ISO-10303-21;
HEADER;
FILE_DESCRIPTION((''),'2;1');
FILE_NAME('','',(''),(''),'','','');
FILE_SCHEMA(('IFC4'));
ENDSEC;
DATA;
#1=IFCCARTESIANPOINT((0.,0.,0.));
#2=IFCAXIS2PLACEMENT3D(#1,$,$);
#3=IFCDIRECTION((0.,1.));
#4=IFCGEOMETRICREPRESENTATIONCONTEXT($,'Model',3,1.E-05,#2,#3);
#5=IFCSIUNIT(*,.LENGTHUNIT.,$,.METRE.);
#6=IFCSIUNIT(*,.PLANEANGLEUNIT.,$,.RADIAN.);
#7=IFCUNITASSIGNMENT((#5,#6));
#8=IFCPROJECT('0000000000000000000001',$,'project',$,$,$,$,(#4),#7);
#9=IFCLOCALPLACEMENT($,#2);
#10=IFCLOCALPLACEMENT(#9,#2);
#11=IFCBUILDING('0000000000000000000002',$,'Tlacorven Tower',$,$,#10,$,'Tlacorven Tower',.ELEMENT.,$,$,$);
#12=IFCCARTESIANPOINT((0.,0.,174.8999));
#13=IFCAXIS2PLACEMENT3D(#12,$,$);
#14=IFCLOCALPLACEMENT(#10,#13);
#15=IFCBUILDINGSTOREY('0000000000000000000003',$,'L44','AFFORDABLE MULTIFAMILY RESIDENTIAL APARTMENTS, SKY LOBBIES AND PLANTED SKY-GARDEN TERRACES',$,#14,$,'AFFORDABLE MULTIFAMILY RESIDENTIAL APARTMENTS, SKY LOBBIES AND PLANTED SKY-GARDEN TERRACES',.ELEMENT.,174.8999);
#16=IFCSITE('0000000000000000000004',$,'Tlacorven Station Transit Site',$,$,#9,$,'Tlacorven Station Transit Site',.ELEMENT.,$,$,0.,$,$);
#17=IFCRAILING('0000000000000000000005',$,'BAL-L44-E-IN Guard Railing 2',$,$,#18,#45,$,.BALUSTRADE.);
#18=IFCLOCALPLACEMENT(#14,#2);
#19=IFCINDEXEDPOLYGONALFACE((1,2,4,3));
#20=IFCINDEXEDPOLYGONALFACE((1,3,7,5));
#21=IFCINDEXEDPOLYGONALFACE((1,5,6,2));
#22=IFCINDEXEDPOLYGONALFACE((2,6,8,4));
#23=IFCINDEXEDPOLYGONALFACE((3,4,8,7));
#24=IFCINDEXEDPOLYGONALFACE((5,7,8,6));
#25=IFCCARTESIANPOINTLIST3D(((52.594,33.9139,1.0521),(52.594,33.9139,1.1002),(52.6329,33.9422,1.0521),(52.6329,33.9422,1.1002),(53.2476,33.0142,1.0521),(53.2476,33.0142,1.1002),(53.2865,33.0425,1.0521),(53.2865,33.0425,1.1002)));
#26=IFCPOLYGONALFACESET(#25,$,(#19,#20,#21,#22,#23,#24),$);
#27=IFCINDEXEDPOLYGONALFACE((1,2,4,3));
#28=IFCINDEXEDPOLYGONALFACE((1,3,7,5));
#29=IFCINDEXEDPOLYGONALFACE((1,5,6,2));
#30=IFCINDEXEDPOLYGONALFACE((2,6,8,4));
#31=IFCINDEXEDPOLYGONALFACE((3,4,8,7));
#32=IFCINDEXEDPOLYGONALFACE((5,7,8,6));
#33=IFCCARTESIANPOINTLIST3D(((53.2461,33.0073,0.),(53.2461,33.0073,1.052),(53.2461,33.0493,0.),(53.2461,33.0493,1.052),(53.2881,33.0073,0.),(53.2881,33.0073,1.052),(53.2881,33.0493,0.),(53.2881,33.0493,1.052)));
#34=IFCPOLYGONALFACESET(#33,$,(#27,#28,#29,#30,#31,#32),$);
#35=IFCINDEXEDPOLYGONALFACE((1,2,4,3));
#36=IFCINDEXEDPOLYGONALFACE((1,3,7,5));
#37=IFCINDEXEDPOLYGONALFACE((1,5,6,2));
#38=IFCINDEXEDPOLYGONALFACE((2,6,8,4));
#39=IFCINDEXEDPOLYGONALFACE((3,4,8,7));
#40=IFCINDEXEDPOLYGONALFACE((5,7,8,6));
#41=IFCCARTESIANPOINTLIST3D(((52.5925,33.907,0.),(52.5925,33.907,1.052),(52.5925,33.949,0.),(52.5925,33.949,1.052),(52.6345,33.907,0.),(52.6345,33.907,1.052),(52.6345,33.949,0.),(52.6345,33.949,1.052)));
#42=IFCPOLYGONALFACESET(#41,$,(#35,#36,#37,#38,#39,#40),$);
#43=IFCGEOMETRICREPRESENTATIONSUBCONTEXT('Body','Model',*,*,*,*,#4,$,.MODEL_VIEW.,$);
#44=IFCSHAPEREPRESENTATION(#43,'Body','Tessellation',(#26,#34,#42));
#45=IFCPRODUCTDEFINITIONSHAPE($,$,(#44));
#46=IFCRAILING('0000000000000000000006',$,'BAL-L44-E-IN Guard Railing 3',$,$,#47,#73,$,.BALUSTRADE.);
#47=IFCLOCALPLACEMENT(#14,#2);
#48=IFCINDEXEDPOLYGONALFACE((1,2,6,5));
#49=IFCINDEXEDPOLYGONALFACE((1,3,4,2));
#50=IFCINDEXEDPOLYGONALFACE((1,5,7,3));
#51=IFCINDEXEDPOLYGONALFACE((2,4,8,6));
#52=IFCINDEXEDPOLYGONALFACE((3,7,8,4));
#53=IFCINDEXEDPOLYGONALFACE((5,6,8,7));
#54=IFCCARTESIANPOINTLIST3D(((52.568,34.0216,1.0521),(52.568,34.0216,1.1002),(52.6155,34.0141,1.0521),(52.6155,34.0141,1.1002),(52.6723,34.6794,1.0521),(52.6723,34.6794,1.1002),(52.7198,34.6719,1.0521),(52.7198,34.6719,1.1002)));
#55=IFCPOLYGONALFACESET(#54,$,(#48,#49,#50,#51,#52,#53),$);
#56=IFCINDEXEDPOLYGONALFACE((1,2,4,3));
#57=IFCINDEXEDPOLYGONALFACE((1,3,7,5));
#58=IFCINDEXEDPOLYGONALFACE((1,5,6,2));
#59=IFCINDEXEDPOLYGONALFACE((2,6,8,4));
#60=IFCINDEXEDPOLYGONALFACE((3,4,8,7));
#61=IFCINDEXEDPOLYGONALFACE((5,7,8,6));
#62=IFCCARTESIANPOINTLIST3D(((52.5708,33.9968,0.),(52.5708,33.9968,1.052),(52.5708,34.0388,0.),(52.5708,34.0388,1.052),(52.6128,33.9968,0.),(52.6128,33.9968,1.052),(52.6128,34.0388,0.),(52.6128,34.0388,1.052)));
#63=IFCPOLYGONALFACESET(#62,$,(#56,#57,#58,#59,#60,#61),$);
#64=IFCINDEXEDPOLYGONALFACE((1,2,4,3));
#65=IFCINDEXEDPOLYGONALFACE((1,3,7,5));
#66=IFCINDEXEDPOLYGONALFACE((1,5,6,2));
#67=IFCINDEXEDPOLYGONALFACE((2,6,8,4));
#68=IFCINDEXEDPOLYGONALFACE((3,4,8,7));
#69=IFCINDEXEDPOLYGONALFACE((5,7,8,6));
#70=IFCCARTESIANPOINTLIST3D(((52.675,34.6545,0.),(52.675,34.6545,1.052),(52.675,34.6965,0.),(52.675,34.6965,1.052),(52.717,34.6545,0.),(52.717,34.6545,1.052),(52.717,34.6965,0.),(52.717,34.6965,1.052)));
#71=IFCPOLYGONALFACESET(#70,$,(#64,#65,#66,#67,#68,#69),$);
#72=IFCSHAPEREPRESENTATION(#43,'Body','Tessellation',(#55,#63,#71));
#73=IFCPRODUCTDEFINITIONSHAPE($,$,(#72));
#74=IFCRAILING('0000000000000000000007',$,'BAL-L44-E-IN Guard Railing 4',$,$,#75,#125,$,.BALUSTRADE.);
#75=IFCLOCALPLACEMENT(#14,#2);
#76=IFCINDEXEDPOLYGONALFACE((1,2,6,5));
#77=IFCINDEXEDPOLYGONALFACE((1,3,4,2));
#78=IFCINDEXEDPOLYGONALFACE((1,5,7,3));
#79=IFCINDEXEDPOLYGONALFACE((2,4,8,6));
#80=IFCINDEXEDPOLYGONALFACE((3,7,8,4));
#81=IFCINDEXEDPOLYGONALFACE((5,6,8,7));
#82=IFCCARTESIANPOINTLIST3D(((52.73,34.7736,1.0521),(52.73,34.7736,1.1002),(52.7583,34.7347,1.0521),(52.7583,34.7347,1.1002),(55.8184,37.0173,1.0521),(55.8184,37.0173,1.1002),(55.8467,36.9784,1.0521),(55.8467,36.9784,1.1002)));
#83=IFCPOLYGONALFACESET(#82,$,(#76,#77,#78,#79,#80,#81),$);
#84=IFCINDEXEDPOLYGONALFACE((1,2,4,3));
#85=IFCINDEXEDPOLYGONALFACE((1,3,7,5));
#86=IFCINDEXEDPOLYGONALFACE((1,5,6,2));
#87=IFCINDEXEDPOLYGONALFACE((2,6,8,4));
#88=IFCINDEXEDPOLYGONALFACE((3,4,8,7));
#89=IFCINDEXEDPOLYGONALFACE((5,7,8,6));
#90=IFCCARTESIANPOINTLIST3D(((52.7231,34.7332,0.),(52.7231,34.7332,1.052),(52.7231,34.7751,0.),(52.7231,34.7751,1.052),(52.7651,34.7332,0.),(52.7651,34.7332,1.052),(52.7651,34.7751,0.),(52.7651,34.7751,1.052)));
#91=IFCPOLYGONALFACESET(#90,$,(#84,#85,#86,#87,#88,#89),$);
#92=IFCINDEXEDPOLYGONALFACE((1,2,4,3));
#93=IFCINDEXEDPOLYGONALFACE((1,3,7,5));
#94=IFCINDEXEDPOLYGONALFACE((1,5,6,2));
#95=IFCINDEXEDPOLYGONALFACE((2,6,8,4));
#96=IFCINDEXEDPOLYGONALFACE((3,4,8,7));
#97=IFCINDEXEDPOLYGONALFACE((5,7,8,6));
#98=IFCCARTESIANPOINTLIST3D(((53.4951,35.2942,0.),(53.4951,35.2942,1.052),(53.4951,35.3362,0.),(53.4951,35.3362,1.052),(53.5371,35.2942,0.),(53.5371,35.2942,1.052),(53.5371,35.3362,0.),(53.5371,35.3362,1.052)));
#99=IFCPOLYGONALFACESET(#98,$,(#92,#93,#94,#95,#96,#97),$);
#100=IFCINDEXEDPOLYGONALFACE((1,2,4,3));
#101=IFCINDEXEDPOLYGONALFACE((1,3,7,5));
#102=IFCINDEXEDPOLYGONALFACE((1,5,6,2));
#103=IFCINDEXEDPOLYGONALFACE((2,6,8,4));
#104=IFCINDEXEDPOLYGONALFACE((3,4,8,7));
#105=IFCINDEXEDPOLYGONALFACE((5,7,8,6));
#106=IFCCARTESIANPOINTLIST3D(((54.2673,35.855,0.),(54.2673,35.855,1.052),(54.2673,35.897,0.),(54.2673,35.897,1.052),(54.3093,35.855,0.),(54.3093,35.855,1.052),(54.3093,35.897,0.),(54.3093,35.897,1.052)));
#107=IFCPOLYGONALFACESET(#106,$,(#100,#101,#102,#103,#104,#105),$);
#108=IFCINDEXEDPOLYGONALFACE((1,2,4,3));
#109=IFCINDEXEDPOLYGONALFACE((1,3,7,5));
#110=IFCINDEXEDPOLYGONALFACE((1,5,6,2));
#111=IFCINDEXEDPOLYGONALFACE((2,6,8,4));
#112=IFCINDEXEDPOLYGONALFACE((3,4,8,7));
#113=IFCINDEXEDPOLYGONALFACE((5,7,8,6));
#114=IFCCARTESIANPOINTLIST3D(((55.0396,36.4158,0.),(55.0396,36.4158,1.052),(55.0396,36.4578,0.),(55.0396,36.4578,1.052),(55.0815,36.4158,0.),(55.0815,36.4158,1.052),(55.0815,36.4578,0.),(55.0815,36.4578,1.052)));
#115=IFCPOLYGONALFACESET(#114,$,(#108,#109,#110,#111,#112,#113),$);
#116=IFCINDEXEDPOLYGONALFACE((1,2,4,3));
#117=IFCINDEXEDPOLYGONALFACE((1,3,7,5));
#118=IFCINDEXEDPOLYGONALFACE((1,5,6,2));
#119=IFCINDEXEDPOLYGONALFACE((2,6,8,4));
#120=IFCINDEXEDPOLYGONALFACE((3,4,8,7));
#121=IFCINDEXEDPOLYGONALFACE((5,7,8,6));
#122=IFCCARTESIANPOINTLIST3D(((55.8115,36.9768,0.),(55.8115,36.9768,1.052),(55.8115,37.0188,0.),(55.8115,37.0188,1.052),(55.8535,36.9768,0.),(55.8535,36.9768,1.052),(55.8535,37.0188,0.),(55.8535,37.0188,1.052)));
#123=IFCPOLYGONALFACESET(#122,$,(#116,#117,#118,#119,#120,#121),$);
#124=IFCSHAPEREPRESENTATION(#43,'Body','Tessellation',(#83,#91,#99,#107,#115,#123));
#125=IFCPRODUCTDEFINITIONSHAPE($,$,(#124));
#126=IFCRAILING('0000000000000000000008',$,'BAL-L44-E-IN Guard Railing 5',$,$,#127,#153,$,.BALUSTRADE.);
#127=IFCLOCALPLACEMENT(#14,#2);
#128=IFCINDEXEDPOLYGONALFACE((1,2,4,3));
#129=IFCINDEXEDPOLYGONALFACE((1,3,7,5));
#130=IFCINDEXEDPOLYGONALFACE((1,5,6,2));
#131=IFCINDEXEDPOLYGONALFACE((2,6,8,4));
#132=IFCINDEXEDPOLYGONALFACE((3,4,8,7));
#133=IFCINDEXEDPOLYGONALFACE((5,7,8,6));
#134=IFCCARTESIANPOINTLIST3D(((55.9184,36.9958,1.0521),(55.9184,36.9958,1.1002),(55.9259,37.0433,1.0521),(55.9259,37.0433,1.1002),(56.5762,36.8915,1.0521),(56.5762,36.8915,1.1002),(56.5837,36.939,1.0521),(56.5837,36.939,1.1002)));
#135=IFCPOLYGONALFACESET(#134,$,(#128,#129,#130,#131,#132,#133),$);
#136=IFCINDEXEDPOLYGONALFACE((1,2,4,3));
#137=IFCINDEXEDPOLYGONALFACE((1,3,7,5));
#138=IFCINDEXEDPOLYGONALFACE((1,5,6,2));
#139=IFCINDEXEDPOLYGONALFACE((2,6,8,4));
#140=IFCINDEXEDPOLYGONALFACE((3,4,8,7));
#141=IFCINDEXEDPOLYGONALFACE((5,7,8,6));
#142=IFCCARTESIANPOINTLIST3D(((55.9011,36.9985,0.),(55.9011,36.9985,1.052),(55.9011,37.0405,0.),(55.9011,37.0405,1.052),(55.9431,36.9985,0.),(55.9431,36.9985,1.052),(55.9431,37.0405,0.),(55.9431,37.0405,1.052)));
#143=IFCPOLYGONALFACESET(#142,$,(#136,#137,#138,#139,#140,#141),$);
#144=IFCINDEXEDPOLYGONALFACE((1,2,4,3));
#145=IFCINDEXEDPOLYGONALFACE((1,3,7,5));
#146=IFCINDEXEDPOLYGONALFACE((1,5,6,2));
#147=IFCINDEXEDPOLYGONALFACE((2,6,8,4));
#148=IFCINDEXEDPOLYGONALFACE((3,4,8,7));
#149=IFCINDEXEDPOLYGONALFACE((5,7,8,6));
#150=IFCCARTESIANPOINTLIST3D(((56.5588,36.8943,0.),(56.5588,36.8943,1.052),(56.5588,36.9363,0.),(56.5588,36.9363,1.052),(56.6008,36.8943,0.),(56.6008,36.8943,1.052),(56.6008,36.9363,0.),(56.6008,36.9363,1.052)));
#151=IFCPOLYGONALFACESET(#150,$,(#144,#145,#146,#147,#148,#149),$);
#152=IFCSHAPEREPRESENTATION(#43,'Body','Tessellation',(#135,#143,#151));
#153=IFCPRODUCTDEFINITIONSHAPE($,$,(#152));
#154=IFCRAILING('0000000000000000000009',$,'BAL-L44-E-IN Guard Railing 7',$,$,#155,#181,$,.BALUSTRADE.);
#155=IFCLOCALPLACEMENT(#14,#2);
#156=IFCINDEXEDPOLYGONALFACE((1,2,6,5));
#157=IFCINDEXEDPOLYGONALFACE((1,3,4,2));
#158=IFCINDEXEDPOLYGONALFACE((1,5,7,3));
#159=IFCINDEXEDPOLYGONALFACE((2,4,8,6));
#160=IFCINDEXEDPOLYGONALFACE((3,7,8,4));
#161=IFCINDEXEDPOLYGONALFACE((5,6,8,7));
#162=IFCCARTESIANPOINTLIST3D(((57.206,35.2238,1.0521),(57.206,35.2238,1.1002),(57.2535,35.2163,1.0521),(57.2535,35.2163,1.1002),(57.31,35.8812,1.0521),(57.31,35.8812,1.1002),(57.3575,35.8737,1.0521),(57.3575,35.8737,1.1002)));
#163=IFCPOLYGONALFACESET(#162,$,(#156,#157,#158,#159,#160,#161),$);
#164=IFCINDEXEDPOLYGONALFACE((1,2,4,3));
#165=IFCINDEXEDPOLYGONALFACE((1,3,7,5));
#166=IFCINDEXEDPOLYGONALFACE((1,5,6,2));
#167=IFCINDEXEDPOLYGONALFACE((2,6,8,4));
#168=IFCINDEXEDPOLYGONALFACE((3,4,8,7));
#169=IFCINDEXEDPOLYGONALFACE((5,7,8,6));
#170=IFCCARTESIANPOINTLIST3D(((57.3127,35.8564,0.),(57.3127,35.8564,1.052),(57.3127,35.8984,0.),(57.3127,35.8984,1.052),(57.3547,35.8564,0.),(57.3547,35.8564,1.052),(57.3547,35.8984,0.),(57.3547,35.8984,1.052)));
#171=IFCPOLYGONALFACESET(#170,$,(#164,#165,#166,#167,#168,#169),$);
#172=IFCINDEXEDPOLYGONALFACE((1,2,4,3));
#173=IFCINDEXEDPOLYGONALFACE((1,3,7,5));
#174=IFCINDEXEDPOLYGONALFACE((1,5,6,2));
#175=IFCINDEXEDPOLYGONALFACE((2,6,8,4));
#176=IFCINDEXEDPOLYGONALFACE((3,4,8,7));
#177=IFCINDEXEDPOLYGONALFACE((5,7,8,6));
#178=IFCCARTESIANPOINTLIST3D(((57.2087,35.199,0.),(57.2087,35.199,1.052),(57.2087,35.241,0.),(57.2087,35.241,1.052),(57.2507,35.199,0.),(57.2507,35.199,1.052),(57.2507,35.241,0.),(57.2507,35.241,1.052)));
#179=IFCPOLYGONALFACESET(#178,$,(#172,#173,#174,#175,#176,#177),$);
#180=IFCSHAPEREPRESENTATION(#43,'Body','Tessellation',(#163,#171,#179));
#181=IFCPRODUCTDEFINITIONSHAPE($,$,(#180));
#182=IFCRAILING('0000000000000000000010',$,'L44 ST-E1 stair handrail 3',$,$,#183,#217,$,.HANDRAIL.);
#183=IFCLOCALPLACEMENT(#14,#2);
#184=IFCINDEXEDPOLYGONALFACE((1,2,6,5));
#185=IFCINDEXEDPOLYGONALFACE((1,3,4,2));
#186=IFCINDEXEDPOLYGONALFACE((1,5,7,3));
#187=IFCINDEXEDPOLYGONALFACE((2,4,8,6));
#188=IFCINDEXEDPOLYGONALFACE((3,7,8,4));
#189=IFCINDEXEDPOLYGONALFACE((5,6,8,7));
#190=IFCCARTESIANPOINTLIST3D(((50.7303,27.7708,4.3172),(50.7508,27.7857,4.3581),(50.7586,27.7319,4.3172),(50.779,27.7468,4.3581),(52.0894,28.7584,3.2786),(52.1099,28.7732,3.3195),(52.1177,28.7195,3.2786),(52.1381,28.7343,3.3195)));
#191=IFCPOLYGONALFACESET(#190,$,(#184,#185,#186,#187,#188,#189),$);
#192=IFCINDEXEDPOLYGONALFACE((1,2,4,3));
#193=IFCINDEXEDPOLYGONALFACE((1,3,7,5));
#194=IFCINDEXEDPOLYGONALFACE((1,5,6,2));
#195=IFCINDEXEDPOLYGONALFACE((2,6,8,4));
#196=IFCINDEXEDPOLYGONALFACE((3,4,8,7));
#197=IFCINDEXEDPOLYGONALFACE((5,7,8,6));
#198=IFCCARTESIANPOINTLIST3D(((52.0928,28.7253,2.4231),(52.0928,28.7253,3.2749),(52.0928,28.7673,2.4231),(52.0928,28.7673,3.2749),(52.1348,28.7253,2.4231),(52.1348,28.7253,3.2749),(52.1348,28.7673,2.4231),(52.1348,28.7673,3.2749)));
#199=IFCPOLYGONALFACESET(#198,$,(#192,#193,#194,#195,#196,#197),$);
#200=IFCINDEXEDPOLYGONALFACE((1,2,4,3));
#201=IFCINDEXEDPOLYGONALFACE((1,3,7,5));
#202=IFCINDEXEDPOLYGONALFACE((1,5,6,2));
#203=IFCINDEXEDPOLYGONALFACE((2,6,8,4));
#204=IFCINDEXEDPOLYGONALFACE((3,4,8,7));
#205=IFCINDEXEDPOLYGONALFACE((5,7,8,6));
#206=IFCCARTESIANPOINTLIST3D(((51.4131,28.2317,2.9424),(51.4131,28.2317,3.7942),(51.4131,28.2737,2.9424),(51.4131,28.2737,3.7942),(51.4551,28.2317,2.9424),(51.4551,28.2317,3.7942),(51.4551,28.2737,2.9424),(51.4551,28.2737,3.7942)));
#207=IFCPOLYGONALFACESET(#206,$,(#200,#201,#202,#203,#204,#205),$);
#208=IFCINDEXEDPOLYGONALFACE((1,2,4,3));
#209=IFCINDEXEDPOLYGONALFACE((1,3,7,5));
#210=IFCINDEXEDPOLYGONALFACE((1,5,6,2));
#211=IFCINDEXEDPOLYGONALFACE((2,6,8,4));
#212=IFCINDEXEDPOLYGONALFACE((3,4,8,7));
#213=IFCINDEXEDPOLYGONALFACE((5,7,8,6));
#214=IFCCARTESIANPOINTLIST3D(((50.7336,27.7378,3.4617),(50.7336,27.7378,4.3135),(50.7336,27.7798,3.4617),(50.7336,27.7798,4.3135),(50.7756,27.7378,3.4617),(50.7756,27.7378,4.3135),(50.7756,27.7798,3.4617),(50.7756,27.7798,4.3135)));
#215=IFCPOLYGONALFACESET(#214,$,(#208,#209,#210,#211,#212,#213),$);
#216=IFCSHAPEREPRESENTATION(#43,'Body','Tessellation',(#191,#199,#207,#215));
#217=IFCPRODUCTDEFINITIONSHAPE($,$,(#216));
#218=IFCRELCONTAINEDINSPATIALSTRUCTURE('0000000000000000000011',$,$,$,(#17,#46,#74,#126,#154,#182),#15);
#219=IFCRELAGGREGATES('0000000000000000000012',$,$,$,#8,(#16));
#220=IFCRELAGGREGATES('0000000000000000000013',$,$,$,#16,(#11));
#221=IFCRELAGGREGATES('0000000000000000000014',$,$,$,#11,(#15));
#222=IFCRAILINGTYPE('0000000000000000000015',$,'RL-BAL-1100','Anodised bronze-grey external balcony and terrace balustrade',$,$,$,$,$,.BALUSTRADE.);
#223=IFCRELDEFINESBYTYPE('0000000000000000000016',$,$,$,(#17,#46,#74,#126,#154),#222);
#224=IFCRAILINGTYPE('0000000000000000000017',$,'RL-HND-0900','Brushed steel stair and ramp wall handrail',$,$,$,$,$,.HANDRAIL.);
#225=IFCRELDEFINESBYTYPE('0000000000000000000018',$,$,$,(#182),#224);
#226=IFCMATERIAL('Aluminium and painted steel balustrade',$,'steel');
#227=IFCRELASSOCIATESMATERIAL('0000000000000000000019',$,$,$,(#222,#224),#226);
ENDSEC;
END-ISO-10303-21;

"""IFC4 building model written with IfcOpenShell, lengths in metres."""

from ifc_helpers import new_model, si_unit, direction, frame, origin, origin_2d, place, context, subcontext, project, spatial, rectangle, extrude, source, transform, mapped, material, type_object, element, save


model = new_model("IFC4")

# Units and contexts
model_context = context("Model", 3, precision=1e-05, world=origin(), true_north=direction((0.0, 1.0)))
body_context = subcontext(model_context, "Body", "Model", "MODEL_VIEW")
ifc_project = project(units=[si_unit("LENGTHUNIT", "METRE"), si_unit("PLANEANGLEUNIT", "RADIAN")], contexts=[model_context])

# Site, building, storey
site_placement = place(None, origin())
site = spatial("IfcSite", under=ifc_project, at=site_placement, Name="Tlacorven Station Transit Site", LongName="Tlacorven Station Transit Site", CompositionType="ELEMENT", RefElevation=0.0)
building_placement = place(site_placement, origin())
building = spatial("IfcBuilding", under=site, at=building_placement, Name="Tlacorven Tower", LongName="Tlacorven Tower", CompositionType="ELEMENT")
storey_placement = place(building_placement, frame((0.0, 0.0, 174.8999)))
storey = spatial("IfcBuildingStorey", under=building, at=storey_placement, Name="L44", Description="AFFORDABLE MULTIFAMILY RESIDENTIAL APARTMENTS, SKY LOBBIES AND PLANTED SKY-GARDEN TERRACES", LongName="AFFORDABLE MULTIFAMILY RESIDENTIAL APARTMENTS, SKY LOBBIES AND PLANTED SKY-GARDEN TERRACES", CompositionType="ELEMENT", Elevation=174.8999)

# Railings
ifc_material_1 = material(Name="Aluminium and painted steel balustrade", Category="steel")
railing_type_1 = type_object("IfcRailingType", Name="RL-BAL-1100", Description="Anodised bronze-grey external balcony and terrace balustrade", PredefinedType="BALUSTRADE", material=ifc_material_1)
shared_shape_1 = source(origin(), body_context, "Body", "SweptSolid", [
    extrude(rectangle(XDim=0.0481, YDim=0.0481, at=origin_2d()), frame((0.0, 0.0, 1.0762), z_axis=(-0.587741, 0.809049, 0.0), x_axis=(-0.809049, -0.587741, 0.0)), (0.0, 0.0, 1.0), 1.1121),
    extrude(rectangle(XDim=0.042, YDim=0.042, at=origin_2d()), origin(), (0.0, 0.0, 1.0), 1.052),
    extrude(rectangle(XDim=0.042, YDim=0.042, at=origin_2d()), frame((-0.6536, 0.8997, 0.0)), (0.0, 0.0, 1.0), 1.052),
])
railing_1_placement = place(storey_placement, frame((53.2671, 33.0283, 0.0)))
element("IfcRailing", 1, at=railing_1_placement, inside=storey, type_object=railing_type_1, Name="BAL-L44-E-IN Guard Railing 2", PredefinedType="BALUSTRADE", context=body_context, shape_type="MappedRepresentation", body=[
    mapped(shared_shape_1, transform((0.0, 0.0, 0.0), scale=1.0)),
])
shared_shape_2 = source(origin(), body_context, "Body", "SweptSolid", [
    extrude(rectangle(XDim=0.0481, YDim=0.0481, at=origin_2d()), frame((0.0, 0.0, 1.0762), z_axis=(0.156546, 0.987671, 0.0), x_axis=(-0.987671, 0.156546, 0.0)), (0.0, 0.0, 1.0), 0.666),
    extrude(rectangle(XDim=0.042, YDim=0.042, at=origin_2d()), origin(), (0.0, 0.0, 1.0), 1.052),
    extrude(rectangle(XDim=0.042, YDim=0.042, at=origin_2d()), frame((0.1042, 0.6577, 0.0)), (0.0, 0.0, 1.0), 1.052),
])
railing_2_placement = place(storey_placement, frame((52.5918, 34.0178, 0.0)))
element("IfcRailing", 2, at=railing_2_placement, inside=storey, type_object=railing_type_1, Name="BAL-L44-E-IN Guard Railing 3", PredefinedType="BALUSTRADE", context=body_context, shape_type="MappedRepresentation", body=[
    mapped(shared_shape_2, transform((0.0, 0.0, 0.0), scale=1.0)),
])
shared_shape_3 = source(origin(), body_context, "Body", "SweptSolid", [
    extrude(rectangle(XDim=0.0481, YDim=0.0481, at=origin_2d()), frame((0.0, 0.0, 1.0762), z_axis=(0.80904, 0.587753, 0.0), x_axis=(-0.587753, 0.80904, 0.0)), (0.0, 0.0, 1.0), 3.8174),
    extrude(rectangle(XDim=0.042, YDim=0.042, at=origin_2d()), origin(), (0.0, 0.0, 1.0), 1.052),
    extrude(rectangle(XDim=0.042, YDim=0.042, at=origin_2d()), frame((0.772, 0.561, 0.0)), (0.0, 0.0, 1.0), 1.052),
    extrude(rectangle(XDim=0.042, YDim=0.042, at=origin_2d()), frame((1.5442, 1.1218, 0.0)), (0.0, 0.0, 1.0), 1.052),
    extrude(rectangle(XDim=0.042, YDim=0.042, at=origin_2d()), frame((2.3164, 1.6826, 0.0)), (0.0, 0.0, 1.0), 1.052),
    extrude(rectangle(XDim=0.042, YDim=0.042, at=origin_2d()), frame((3.0884, 2.2437, 0.0)), (0.0, 0.0, 1.0), 1.052),
])
railing_3_placement = place(storey_placement, frame((52.7441, 34.7542, 0.0)))
element("IfcRailing", 3, at=railing_3_placement, inside=storey, type_object=railing_type_1, Name="BAL-L44-E-IN Guard Railing 4", PredefinedType="BALUSTRADE", context=body_context, shape_type="MappedRepresentation", body=[
    mapped(shared_shape_3, transform((0.0, 0.0, 0.0), scale=1.0)),
])
shared_shape_4 = source(origin(), body_context, "Body", "SweptSolid", [
    extrude(rectangle(XDim=0.0481, YDim=0.0481, at=origin_2d()), frame((0.0, 0.0, 1.0762), z_axis=(0.987671, -0.156546, 0.0), x_axis=(0.156546, 0.987671, 0.0)), (0.0, 0.0, 1.0), 0.666),
    extrude(rectangle(XDim=0.042, YDim=0.042, at=origin_2d()), origin(), (0.0, 0.0, 1.0), 1.052),
    extrude(rectangle(XDim=0.042, YDim=0.042, at=origin_2d()), frame((0.6577, -0.1042, 0.0)), (0.0, 0.0, 1.0), 1.052),
])
railing_4_placement = place(storey_placement, frame((55.9221, 37.0195, 0.0)))
element("IfcRailing", 4, at=railing_4_placement, inside=storey, type_object=railing_type_1, Name="BAL-L44-E-IN Guard Railing 5", PredefinedType="BALUSTRADE", context=body_context, shape_type="MappedRepresentation", body=[
    mapped(shared_shape_4, transform((0.0, 0.0, 0.0), scale=1.0)),
])
shared_shape_5 = source(origin(), body_context, "Body", "SweptSolid", [
    extrude(rectangle(XDim=0.0481, YDim=0.0481, at=origin_2d()), frame((0.0, 0.0, 1.0762), z_axis=(-0.156245, -0.987718, 0.0), x_axis=(0.987718, -0.156245, 0.0)), (0.0, 0.0, 1.0), 0.6655),
    extrude(rectangle(XDim=0.042, YDim=0.042, at=origin_2d()), origin(), (0.0, 0.0, 1.0), 1.052),
    extrude(rectangle(XDim=0.042, YDim=0.042, at=origin_2d()), frame((-0.104, -0.6575, 0.0)), (0.0, 0.0, 1.0), 1.052),
])
railing_5_placement = place(storey_placement, frame((57.3337, 35.8774, 0.0)))
element("IfcRailing", 5, at=railing_5_placement, inside=storey, type_object=railing_type_1, Name="BAL-L44-E-IN Guard Railing 7", PredefinedType="BALUSTRADE", context=body_context, shape_type="MappedRepresentation", body=[
    mapped(shared_shape_5, transform((0.0, 0.0, 0.0), scale=1.0)),
])
railing_type_2 = type_object("IfcRailingType", Name="RL-HND-0900", Description="Brushed steel stair and ramp wall handrail", PredefinedType="HANDRAIL", material=ifc_material_1)
shared_shape_6 = source(origin(), body_context, "Body", "SweptSolid", [
    extrude(rectangle(XDim=0.0481, YDim=0.0481, at=origin_2d()), frame((0.0, 0.0, 0.876), z_axis=(-0.688123, -0.499993, 0.525827), x_axis=(0.587817, -0.808994, 0.0)), (0.0, 0.0, 1.0), 1.9751),
    extrude(rectangle(XDim=0.042, YDim=0.042, at=origin_2d()), origin(), (0.0, 0.0, 1.0), 0.8518),
    extrude(rectangle(XDim=0.042, YDim=0.042, at=origin_2d()), frame((-0.6797, -0.4937, 0.5193)), (0.0, 0.0, 1.0), 0.8518),
    extrude(rectangle(XDim=0.042, YDim=0.042, at=origin_2d()), frame((-1.3591, -0.9875, 1.0386)), (0.0, 0.0, 1.0), 0.8518),
])
railing_6_placement = place(storey_placement, frame((52.1138, 28.7463, 2.4231)))
element("IfcRailing", 6, at=railing_6_placement, inside=storey, type_object=railing_type_2, Name="L44 ST-E1 stair handrail 3", PredefinedType="HANDRAIL", context=body_context, shape_type="MappedRepresentation", body=[
    mapped(shared_shape_6, transform((0.0, 0.0, 0.0), scale=1.0)),
])

save(model, "model.ifc")
